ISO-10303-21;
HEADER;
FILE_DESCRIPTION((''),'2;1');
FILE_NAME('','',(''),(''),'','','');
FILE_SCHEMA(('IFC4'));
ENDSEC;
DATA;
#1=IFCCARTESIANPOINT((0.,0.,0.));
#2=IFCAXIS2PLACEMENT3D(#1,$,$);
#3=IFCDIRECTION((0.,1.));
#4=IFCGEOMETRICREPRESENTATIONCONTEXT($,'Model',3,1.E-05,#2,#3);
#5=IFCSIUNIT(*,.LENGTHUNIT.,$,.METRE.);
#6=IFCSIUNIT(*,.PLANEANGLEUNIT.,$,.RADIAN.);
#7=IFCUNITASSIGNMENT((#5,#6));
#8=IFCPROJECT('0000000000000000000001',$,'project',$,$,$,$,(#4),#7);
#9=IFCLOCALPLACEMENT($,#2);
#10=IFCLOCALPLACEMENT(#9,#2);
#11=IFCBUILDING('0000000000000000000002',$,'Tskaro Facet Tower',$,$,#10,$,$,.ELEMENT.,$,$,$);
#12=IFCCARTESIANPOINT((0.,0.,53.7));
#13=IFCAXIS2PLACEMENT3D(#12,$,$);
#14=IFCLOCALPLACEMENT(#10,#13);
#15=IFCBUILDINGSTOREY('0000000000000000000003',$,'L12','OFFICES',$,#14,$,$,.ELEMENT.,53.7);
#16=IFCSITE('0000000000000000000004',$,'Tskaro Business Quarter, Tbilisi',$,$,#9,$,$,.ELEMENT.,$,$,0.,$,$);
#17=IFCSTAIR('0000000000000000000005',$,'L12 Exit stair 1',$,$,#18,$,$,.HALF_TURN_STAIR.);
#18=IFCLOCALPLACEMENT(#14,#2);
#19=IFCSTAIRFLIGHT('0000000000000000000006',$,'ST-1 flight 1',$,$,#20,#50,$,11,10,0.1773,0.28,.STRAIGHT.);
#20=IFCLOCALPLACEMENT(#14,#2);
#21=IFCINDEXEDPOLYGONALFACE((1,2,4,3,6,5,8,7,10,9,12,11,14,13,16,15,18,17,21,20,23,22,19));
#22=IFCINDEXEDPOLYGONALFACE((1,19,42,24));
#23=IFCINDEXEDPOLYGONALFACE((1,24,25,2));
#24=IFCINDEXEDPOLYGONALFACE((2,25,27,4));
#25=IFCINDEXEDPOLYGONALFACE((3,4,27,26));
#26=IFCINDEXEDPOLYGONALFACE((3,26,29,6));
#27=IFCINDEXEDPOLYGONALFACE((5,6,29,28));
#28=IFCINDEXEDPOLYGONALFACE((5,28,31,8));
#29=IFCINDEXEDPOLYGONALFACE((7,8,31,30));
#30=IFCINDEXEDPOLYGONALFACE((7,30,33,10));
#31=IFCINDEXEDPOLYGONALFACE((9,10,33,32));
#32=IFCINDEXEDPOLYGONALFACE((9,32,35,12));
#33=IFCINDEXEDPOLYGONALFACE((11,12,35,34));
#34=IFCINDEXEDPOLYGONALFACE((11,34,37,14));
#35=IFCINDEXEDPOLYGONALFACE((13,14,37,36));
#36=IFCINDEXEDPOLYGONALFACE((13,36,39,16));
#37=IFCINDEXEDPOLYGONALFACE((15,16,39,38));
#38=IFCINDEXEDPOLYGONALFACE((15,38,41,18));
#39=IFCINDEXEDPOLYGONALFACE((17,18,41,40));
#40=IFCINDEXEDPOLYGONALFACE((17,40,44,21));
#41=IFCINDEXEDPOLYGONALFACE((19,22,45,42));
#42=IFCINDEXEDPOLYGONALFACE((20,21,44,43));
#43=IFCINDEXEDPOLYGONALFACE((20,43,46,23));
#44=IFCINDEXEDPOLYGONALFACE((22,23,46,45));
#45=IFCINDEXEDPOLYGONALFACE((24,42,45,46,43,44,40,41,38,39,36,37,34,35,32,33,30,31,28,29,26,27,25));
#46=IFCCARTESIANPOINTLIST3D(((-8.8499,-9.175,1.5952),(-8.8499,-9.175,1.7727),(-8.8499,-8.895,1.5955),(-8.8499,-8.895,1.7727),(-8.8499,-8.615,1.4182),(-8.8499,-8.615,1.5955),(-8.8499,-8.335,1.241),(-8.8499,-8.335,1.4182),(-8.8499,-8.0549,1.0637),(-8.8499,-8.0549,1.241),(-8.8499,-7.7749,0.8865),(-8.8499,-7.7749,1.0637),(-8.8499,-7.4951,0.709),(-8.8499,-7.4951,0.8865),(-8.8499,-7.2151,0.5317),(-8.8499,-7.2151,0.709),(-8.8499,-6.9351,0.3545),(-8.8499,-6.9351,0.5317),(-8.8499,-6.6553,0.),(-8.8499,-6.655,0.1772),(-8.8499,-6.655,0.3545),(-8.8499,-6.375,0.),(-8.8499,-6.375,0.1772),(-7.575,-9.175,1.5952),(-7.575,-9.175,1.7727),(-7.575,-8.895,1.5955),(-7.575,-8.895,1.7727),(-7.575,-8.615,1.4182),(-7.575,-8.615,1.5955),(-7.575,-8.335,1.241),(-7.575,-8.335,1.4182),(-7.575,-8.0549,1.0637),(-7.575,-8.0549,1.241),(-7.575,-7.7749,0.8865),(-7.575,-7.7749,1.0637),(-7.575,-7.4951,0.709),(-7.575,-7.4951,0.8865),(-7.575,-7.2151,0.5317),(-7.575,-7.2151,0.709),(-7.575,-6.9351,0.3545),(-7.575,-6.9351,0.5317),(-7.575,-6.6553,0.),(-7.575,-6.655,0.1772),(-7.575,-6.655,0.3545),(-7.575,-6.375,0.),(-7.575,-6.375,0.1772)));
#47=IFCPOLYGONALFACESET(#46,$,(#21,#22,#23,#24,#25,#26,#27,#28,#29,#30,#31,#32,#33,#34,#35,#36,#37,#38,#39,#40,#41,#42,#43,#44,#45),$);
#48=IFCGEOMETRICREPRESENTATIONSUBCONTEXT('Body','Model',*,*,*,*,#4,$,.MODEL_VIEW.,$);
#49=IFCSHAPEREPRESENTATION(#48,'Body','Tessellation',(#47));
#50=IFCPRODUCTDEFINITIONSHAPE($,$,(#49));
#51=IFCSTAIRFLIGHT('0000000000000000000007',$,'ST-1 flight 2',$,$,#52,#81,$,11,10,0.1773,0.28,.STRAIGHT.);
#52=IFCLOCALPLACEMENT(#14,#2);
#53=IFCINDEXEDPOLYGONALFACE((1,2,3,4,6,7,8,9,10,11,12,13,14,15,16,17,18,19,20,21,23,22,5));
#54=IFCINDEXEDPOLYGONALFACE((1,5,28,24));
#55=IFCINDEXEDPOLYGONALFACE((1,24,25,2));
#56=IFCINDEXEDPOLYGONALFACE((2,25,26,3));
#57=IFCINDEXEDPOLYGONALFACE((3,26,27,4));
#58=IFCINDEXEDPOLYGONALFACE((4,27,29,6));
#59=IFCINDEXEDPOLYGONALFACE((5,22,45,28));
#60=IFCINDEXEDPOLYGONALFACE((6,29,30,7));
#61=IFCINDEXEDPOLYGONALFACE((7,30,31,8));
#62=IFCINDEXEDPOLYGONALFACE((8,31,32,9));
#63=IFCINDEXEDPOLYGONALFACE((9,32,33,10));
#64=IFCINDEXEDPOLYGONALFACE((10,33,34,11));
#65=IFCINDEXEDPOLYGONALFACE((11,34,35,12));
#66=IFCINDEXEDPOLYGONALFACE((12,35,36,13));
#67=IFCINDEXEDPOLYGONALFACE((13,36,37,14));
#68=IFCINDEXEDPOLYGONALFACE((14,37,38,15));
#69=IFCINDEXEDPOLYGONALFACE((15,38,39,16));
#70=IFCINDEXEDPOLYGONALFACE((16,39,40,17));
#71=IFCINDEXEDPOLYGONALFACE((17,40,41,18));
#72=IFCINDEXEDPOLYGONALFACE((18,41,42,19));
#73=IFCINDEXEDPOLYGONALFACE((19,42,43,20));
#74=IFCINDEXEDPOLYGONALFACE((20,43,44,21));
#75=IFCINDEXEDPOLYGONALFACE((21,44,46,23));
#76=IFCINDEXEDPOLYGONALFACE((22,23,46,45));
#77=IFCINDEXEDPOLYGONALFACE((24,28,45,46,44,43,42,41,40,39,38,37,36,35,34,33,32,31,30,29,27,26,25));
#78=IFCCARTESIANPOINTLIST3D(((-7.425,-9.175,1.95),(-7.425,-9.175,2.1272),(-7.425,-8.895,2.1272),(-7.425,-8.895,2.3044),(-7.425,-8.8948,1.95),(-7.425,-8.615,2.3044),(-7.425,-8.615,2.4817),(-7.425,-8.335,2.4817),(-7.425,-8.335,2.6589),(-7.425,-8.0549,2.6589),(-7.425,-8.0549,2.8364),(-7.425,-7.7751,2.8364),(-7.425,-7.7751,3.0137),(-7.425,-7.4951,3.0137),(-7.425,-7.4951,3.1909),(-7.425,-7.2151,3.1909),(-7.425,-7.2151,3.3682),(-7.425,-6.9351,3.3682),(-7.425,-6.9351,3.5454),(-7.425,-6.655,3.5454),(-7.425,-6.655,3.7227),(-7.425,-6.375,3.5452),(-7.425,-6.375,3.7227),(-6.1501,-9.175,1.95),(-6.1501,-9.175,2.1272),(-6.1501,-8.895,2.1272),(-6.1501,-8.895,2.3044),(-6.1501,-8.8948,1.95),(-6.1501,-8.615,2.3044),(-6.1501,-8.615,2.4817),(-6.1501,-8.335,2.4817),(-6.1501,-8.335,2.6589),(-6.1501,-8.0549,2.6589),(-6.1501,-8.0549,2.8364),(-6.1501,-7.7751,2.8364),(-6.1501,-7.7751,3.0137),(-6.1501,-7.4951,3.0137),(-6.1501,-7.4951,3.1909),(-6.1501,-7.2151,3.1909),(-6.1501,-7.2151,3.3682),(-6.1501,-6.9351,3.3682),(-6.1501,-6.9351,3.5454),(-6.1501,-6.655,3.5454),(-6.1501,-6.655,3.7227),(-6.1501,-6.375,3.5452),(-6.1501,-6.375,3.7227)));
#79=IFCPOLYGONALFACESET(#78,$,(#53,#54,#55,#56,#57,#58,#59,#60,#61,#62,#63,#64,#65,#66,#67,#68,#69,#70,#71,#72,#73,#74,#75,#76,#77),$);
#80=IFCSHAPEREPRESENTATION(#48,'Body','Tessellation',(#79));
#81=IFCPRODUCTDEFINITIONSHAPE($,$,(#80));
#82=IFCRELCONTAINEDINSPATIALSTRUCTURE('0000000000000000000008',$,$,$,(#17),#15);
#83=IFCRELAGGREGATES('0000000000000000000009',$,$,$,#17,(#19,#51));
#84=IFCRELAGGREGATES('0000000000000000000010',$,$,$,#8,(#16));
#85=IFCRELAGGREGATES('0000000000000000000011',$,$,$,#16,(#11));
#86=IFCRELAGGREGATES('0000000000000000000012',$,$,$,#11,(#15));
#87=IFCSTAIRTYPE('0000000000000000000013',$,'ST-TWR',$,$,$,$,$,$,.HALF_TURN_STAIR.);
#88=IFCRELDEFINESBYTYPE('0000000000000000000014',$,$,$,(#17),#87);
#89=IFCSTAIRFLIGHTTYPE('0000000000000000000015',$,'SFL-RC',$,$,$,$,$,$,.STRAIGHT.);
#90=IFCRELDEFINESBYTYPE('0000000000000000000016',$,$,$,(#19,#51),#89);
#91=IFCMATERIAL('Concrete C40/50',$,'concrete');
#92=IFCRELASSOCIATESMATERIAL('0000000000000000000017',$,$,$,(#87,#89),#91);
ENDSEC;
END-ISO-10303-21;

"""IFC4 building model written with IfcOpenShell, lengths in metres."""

from ifc_helpers import new_model, si_unit, direction, frame, origin, place, context, subcontext, project, spatial, polyline, outline, extrude, material, type_object, element, aggregate, save


model = new_model("IFC4")

# Units and contexts
model_context = context("Model", 3, precision=1e-05, world=origin(), true_north=direction((0.0, 1.0)))
body_context = subcontext(model_context, "Body", "Model", "MODEL_VIEW")
ifc_project = project(units=[si_unit("LENGTHUNIT", "METRE"), si_unit("PLANEANGLEUNIT", "RADIAN")], contexts=[model_context])

# Site, building, storey
site_placement = place(None, origin())
site = spatial("IfcSite", under=ifc_project, at=site_placement, Name="Tskaro Business Quarter, Tbilisi", CompositionType="ELEMENT", RefElevation=0.0)
building_placement = place(site_placement, origin())
building = spatial("IfcBuilding", under=site, at=building_placement, Name="Tskaro Facet Tower", CompositionType="ELEMENT")
storey_placement = place(building_placement, frame((0.0, 0.0, 53.7)))
storey = spatial("IfcBuildingStorey", under=building, at=storey_placement, Name="L12", Description="OFFICES", CompositionType="ELEMENT", Elevation=53.7)

# Stair, stair flights
ifc_material_1 = material(Name="Concrete C40/50", Category="concrete")
stair_type = type_object("IfcStairType", Name="ST-TWR", PredefinedType="HALF_TURN_STAIR", material=ifc_material_1)
stair_placement = place(storey_placement, origin())
stair = element("IfcStair", 1, at=stair_placement, inside=storey, type_object=stair_type, Name="L12 Exit stair 1", PredefinedType="HALF_TURN_STAIR")
stair_flight_type = type_object("IfcStairFlightType", Name="SFL-RC", PredefinedType="STRAIGHT", material=ifc_material_1)
stair_flight_1_placement = place(storey_placement, frame((-8.2124, -6.375, 0.0), z_axis=(0.0, 0.0, 1.0), x_axis=(0.0, -1.0, 0.0)))
stair_flight_1 = element("IfcStairFlight", 2, at=stair_flight_1_placement, type_object=stair_flight_type, Name="ST-1 flight 1", NumberOfRisers=11, NumberOfTreads=10, PredefinedType="STRAIGHT", RiserHeight=0.1773, TreadLength=0.28, context=body_context, shape_type="SweptSolid", body=[
    extrude(outline(polyline([(0.0, 0.0), (0.0, 0.1772), (0.28, 0.1772), (0.28, 0.3545), (0.5601, 0.3545), (0.5601, 0.5317), (0.8401, 0.5317), (0.8401, 0.709), (1.1201, 0.709), (1.1201, 0.8865), (1.3999, 0.8865), (1.3999, 1.0637), (1.6799, 1.0637), (1.6799, 1.241), (1.96, 1.241), (1.96, 1.4182), (2.24, 1.4182), (2.24, 1.5955), (2.52, 1.5955), (2.52, 1.7727), (2.8, 1.7727), (2.8, 1.95), (2.8, 1.5952), (0.2803, 0.0), (0.0, 0.0)])), frame((0.0, 0.6375, 0.0), z_axis=(0.0, -1.0, 0.0), x_axis=(1.0, 0.0, 0.0)), (0.0, 0.0, 1.0), 1.2749),
])
stair_flight_2_placement = place(storey_placement, frame((-6.7876, -9.175, 1.95), z_axis=(0.0, 0.0, 1.0), x_axis=(0.0, 1.0, 0.0)))
stair_flight_2 = element("IfcStairFlight", 3, at=stair_flight_2_placement, type_object=stair_flight_type, Name="ST-1 flight 2", NumberOfRisers=11, NumberOfTreads=10, PredefinedType="STRAIGHT", RiserHeight=0.1773, TreadLength=0.28, context=body_context, shape_type="SweptSolid", body=[
    extrude(outline(polyline([(0.0, 0.0), (0.0, 0.1772), (0.28, 0.1772), (0.28, 0.3545), (0.5601, 0.3545), (0.5601, 0.5317), (0.8401, 0.5317), (0.8401, 0.709), (1.1201, 0.709), (1.1201, 0.8865), (1.3999, 0.8865), (1.3999, 1.0637), (1.6799, 1.0637), (1.6799, 1.241), (1.96, 1.241), (1.96, 1.4182), (2.24, 1.4182), (2.24, 1.5955), (2.52, 1.5955), (2.52, 1.7727), (2.8, 1.7727), (2.8, 1.95), (2.8, 1.5952), (0.2803, 0.0), (0.0, 0.0)])), frame((0.0, 0.6375, 0.0), z_axis=(0.0, -1.0, 0.0), x_axis=(1.0, 0.0, 0.0)), (0.0, 0.0, 1.0), 1.2749),
])
aggregate(stair, [stair_flight_1, stair_flight_2])

save(model, "model.ifc")
